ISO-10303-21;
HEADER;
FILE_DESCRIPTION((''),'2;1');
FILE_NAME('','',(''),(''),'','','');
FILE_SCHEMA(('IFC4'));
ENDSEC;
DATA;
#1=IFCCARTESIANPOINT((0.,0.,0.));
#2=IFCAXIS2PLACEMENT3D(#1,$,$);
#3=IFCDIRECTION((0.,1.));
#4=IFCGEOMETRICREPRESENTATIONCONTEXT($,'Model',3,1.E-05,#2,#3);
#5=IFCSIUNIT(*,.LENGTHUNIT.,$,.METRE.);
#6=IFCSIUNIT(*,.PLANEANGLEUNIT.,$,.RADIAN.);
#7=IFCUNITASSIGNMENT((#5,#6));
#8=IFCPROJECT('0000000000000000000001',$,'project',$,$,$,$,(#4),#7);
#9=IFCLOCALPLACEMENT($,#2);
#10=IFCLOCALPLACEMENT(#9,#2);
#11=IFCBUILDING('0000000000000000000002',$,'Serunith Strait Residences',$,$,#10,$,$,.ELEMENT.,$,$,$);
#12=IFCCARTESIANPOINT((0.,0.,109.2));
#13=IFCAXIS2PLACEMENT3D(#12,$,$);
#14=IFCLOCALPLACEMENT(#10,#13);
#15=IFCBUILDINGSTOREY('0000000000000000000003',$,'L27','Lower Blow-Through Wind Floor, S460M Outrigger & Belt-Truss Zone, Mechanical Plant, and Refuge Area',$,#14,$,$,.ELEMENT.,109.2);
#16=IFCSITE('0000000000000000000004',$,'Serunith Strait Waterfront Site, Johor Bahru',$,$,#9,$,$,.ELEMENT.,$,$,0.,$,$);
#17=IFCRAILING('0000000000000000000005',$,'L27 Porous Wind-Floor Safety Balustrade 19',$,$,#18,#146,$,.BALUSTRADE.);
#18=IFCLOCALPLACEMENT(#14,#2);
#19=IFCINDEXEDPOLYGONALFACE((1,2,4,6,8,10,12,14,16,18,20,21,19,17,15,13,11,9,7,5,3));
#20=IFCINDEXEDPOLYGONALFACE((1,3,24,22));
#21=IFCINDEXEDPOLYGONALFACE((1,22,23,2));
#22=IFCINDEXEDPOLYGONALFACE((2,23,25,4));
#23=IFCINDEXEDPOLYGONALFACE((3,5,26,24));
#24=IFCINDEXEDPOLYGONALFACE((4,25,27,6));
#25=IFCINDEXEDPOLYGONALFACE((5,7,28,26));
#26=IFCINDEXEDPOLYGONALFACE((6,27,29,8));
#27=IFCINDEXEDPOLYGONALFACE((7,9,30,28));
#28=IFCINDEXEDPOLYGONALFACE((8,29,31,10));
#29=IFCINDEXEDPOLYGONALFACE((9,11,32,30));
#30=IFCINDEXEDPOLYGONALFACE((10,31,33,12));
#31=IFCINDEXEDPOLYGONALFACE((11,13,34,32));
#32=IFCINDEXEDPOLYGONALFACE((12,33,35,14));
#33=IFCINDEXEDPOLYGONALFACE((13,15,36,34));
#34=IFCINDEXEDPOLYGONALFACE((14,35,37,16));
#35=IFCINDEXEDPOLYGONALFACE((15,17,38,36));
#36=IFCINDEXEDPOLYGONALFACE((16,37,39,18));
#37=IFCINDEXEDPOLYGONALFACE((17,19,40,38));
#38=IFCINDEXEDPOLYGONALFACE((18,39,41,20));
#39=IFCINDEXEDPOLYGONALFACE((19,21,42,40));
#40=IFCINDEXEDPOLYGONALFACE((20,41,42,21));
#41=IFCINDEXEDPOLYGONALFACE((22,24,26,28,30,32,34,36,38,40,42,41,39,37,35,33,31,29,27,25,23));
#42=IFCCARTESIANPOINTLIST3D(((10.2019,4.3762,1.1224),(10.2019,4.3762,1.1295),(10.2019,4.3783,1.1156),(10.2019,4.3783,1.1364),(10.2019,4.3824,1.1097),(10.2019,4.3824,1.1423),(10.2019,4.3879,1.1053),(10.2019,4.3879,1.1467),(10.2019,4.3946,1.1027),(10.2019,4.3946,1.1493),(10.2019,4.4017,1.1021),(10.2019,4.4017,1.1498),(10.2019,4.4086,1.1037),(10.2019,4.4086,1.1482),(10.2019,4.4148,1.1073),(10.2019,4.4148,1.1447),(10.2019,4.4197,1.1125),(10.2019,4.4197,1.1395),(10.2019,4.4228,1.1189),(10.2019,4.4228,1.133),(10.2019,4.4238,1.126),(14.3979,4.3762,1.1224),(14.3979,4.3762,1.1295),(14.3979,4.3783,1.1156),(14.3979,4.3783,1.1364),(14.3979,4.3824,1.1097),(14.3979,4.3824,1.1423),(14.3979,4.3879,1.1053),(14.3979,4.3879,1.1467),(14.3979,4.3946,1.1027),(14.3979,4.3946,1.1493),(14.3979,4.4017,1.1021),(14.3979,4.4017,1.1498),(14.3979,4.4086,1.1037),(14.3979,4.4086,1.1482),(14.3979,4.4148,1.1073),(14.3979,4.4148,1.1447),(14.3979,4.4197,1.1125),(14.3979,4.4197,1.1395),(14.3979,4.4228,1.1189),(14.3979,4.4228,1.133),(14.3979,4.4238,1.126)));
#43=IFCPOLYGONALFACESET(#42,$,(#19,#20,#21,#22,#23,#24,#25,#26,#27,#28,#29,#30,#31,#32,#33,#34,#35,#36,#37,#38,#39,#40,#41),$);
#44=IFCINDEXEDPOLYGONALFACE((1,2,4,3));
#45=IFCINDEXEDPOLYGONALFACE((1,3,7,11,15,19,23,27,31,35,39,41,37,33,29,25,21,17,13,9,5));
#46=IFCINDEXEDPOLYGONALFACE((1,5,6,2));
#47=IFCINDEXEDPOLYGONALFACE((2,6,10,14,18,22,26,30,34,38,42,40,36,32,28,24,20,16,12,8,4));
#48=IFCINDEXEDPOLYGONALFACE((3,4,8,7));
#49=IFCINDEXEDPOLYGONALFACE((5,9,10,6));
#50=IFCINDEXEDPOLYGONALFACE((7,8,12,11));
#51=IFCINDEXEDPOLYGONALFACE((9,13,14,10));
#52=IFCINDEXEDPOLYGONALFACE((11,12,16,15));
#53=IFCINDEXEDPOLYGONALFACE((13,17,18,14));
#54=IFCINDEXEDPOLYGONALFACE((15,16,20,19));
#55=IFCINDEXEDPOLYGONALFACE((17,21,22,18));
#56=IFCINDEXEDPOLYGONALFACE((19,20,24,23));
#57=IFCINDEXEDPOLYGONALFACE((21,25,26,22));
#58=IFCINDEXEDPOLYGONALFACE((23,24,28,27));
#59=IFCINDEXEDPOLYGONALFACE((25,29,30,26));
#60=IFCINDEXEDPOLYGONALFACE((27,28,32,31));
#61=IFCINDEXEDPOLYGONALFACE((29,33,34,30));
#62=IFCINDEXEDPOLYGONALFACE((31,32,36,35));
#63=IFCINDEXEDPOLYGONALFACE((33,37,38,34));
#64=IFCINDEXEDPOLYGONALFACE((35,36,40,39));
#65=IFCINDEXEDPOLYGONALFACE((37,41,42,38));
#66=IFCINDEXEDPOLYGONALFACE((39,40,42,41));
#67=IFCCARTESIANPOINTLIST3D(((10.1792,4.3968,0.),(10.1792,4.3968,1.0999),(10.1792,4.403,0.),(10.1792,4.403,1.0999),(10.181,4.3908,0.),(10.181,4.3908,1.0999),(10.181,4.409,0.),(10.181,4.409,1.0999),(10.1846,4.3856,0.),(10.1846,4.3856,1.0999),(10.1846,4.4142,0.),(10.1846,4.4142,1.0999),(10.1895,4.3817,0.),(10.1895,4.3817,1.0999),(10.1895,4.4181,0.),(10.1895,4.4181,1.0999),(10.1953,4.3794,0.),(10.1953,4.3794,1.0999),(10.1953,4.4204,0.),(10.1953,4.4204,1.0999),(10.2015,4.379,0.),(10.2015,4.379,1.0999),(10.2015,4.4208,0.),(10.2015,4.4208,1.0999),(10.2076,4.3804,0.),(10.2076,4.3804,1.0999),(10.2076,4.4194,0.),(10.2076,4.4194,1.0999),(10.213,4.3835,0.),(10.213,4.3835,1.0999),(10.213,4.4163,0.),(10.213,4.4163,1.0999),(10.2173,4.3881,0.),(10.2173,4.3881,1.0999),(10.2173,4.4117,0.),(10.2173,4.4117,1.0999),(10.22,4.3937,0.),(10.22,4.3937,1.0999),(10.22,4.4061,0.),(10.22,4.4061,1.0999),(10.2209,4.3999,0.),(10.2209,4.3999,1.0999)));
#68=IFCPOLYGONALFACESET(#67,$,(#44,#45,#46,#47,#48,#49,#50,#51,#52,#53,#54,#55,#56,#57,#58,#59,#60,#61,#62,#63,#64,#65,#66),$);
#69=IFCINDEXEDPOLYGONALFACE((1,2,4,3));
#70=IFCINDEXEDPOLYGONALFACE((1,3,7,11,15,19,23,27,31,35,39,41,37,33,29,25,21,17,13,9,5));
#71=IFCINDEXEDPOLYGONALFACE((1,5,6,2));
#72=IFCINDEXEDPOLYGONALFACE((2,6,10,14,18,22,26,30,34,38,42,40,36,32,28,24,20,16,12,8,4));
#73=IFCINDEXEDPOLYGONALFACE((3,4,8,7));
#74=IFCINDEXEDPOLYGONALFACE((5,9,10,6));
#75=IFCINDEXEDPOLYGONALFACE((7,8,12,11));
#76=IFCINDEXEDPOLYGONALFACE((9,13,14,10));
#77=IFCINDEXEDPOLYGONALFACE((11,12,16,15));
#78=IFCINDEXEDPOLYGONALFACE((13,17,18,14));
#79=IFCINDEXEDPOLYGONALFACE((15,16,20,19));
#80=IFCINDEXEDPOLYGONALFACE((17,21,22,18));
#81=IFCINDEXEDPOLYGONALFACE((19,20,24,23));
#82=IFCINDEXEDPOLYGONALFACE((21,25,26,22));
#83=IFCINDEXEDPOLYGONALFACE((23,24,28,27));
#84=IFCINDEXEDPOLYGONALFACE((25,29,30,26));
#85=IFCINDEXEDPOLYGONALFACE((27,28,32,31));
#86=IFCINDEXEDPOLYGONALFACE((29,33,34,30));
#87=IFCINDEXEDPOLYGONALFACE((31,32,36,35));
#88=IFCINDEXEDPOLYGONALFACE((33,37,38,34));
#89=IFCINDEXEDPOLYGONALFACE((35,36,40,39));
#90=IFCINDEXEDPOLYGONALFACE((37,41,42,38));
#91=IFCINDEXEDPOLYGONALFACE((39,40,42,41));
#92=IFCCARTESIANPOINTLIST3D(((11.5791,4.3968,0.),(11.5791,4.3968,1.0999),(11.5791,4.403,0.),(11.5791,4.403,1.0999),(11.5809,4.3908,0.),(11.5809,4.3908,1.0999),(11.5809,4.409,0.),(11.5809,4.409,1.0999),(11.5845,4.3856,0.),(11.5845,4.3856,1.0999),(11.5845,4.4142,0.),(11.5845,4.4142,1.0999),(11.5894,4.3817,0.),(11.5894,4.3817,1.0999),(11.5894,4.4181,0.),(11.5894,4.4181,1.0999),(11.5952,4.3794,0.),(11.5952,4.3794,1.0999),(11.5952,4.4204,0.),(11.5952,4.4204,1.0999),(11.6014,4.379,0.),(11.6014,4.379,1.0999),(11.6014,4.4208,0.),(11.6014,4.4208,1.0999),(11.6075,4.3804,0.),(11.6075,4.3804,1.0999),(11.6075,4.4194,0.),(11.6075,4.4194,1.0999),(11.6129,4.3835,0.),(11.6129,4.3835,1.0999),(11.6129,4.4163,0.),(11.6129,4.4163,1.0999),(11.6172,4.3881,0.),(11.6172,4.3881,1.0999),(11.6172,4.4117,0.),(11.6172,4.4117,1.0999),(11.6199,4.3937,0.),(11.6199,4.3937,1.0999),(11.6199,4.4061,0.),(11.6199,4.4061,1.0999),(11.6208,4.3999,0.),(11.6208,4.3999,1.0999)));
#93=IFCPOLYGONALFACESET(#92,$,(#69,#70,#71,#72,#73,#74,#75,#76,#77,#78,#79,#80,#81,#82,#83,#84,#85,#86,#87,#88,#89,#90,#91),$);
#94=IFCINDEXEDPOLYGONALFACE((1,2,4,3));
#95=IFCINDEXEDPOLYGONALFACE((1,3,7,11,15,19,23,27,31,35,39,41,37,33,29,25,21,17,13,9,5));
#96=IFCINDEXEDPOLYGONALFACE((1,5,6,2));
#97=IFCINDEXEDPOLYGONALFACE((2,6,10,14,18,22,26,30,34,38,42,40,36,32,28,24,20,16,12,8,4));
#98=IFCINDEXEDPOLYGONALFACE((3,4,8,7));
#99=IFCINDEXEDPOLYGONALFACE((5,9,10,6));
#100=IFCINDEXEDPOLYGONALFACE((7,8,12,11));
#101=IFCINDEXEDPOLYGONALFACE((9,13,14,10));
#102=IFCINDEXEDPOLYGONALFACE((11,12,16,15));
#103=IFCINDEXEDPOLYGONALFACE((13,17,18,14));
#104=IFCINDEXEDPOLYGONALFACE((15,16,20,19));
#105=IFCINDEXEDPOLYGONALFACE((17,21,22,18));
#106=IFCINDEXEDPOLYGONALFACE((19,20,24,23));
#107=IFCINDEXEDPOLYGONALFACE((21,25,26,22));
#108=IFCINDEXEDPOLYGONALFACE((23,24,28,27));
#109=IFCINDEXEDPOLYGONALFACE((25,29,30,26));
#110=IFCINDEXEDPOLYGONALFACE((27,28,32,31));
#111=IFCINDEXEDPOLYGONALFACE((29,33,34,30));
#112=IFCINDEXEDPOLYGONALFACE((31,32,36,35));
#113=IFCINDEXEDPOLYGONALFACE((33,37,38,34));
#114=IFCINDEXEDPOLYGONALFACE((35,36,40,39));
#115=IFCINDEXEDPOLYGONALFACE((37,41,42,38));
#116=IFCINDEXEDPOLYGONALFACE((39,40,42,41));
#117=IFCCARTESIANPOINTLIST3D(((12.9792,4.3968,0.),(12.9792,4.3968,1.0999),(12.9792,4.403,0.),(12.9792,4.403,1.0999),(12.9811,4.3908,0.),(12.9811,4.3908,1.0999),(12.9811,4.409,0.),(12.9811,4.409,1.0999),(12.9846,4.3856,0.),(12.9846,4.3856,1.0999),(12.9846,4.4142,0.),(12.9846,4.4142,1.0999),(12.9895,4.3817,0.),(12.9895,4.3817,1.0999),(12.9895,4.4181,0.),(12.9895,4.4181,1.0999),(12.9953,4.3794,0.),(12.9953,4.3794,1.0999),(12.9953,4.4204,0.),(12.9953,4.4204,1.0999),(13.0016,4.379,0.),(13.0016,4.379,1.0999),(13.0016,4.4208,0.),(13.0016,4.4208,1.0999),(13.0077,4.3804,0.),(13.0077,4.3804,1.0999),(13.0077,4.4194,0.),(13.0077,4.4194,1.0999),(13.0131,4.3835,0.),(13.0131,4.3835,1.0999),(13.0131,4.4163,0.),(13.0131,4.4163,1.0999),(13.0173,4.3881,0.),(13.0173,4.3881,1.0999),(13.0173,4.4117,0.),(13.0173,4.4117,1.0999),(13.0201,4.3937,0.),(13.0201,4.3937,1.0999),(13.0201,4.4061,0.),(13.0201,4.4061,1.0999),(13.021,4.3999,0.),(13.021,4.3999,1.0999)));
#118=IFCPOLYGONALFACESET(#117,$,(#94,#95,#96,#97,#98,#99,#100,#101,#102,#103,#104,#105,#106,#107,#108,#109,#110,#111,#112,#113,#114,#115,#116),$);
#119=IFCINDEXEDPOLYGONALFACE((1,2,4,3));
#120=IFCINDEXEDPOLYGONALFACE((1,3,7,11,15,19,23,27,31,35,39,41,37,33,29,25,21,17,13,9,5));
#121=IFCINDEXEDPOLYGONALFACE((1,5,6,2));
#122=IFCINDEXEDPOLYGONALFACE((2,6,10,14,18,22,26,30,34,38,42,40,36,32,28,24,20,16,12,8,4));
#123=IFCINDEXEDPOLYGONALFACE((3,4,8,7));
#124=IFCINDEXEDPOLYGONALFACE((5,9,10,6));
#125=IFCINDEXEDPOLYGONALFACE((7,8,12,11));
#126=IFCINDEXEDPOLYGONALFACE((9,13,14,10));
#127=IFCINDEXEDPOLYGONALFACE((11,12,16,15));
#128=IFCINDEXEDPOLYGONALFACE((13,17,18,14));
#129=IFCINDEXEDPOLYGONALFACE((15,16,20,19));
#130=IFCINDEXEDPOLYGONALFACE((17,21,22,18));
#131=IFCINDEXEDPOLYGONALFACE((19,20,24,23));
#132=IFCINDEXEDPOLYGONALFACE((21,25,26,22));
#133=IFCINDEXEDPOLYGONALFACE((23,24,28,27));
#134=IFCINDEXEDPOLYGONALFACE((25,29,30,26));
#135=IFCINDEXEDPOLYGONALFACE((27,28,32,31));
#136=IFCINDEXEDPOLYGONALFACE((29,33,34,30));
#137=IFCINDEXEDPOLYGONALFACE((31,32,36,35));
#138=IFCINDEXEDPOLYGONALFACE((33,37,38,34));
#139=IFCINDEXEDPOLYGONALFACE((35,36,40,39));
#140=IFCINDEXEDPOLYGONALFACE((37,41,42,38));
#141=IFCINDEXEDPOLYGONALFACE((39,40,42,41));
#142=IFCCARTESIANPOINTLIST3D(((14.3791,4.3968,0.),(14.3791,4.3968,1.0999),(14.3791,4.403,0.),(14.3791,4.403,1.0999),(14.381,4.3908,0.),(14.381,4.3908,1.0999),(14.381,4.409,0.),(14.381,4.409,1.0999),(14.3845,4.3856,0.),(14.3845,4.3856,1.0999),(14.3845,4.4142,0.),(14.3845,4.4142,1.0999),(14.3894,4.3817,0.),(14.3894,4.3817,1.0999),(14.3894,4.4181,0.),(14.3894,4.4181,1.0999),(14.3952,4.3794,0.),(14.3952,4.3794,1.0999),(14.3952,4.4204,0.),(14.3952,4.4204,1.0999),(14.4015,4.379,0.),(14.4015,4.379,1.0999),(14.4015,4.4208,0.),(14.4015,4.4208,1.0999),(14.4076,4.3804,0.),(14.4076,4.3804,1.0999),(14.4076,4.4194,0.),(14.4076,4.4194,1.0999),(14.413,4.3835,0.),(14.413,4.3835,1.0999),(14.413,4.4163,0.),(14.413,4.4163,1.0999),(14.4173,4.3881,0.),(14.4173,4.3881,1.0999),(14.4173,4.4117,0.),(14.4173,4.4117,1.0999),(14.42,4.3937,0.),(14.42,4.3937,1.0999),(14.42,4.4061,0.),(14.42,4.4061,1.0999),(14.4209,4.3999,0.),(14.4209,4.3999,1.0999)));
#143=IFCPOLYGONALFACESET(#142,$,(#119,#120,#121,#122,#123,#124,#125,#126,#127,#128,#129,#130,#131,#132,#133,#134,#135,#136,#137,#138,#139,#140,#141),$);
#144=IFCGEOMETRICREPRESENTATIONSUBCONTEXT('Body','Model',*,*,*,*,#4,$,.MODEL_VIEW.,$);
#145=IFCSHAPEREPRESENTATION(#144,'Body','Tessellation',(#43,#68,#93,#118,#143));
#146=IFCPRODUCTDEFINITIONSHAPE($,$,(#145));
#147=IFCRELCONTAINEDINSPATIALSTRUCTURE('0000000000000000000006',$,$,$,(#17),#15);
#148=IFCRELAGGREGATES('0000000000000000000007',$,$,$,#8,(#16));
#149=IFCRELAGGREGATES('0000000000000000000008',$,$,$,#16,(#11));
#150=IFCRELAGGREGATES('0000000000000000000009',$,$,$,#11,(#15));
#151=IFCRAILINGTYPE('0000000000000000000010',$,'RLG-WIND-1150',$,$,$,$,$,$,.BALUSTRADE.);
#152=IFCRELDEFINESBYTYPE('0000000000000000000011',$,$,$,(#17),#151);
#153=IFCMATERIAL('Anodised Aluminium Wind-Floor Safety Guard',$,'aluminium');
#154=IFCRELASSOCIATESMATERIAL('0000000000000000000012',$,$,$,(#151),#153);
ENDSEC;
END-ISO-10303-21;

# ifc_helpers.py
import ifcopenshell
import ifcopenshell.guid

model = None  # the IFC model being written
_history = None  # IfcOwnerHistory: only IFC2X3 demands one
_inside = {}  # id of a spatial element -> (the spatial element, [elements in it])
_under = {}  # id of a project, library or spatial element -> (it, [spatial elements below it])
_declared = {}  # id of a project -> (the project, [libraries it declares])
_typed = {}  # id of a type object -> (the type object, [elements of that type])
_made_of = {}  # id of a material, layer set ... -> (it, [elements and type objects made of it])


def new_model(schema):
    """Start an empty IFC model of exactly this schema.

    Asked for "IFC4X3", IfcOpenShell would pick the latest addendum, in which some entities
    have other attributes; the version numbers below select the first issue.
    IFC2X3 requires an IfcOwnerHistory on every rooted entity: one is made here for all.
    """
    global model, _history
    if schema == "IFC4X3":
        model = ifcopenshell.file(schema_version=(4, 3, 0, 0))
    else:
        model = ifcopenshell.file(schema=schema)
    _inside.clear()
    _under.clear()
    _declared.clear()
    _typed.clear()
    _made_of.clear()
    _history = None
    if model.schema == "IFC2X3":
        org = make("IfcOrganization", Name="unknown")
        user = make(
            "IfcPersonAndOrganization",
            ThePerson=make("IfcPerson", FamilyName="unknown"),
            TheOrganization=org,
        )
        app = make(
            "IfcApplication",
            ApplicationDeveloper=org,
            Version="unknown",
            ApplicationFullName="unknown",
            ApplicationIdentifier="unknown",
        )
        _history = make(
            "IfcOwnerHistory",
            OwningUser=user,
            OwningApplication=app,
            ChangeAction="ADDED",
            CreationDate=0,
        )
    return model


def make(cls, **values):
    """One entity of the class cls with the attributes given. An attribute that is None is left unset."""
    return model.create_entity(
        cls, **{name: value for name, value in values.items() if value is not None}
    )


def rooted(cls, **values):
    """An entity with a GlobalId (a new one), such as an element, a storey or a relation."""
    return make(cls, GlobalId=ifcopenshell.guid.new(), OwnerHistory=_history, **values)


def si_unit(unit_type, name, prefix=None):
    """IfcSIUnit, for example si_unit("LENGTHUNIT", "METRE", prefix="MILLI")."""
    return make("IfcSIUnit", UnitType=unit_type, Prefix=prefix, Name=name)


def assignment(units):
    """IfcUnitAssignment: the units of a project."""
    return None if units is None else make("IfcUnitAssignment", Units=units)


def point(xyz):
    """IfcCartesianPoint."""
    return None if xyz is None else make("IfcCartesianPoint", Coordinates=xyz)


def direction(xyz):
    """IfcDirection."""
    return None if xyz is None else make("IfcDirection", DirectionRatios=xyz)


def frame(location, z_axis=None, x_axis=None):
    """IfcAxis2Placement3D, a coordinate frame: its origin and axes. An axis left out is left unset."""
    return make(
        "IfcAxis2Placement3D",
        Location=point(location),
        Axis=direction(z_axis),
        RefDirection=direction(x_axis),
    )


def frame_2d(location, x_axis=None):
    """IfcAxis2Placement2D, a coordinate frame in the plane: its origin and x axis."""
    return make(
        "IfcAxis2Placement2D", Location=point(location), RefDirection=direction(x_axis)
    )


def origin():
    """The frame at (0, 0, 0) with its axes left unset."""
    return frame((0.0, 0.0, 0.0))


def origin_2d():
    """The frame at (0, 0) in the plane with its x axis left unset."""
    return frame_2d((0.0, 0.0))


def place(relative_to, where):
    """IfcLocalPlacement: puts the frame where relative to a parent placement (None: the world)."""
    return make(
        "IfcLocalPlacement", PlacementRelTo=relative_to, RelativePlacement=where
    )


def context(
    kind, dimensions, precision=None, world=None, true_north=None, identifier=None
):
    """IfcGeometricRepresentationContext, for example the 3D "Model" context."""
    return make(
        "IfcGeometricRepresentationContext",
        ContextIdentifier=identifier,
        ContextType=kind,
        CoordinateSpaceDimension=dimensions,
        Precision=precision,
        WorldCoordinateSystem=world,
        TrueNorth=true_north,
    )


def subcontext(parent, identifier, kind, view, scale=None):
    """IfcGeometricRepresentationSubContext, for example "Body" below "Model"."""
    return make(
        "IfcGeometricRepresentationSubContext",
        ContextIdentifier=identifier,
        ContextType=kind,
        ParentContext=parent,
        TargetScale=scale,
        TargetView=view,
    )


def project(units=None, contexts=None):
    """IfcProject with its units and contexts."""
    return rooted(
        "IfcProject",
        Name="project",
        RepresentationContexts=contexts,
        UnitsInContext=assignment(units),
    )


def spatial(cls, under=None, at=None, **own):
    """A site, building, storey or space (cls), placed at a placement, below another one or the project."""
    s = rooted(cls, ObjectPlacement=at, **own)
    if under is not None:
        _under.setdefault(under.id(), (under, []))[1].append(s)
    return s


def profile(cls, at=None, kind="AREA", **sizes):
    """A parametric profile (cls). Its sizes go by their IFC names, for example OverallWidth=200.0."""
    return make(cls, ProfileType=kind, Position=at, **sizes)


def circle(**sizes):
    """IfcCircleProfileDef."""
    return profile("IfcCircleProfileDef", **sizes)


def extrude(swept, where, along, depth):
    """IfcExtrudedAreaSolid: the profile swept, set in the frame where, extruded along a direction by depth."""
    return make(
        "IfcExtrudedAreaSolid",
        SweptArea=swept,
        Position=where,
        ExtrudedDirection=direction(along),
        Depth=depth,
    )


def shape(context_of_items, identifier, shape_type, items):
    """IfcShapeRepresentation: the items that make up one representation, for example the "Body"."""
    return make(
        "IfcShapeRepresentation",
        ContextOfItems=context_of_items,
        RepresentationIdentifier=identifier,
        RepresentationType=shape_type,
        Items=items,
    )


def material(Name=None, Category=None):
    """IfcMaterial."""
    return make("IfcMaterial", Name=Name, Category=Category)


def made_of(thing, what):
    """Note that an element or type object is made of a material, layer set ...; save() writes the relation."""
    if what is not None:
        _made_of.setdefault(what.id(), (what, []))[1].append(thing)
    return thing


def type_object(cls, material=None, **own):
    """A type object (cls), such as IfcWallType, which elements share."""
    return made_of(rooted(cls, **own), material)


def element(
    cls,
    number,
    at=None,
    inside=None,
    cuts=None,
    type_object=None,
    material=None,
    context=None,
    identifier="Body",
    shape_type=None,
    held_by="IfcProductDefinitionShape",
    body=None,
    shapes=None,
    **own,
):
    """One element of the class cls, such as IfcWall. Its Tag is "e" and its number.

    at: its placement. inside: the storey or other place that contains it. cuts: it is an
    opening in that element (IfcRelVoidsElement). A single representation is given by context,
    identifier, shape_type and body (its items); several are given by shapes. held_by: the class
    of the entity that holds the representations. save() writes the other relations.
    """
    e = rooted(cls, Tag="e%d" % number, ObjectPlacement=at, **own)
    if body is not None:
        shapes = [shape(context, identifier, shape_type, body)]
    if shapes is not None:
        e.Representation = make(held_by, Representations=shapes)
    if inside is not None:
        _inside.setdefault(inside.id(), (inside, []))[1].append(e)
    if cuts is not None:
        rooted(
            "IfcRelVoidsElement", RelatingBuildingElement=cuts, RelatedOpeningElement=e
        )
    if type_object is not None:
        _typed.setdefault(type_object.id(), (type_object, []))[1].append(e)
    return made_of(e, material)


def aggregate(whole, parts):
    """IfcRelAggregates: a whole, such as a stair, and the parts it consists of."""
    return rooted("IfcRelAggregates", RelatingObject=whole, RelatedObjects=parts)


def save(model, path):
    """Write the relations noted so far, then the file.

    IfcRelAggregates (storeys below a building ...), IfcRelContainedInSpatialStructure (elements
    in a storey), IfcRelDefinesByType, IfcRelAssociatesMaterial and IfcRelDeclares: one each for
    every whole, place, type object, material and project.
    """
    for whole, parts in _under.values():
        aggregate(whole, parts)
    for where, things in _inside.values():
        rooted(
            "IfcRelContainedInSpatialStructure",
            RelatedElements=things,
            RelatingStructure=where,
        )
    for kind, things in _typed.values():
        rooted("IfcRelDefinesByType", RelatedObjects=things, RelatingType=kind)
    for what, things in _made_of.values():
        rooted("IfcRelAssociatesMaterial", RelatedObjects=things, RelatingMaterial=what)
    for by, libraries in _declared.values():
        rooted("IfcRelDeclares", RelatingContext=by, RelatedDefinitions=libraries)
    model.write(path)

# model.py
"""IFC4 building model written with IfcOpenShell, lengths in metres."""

from ifc_helpers import new_model, si_unit, direction, frame, origin, origin_2d, place, context, subcontext, project, spatial, circle, extrude, material, type_object, element, save


model = new_model("IFC4")

# Units and contexts
model_context = context("Model", 3, precision=1e-05, world=origin(), true_north=direction((0.0, 1.0)))
body_context = subcontext(model_context, "Body", "Model", "MODEL_VIEW")
ifc_project = project(units=[si_unit("LENGTHUNIT", "METRE"), si_unit("PLANEANGLEUNIT", "RADIAN")], contexts=[model_context])

# Site, building, storey
site_placement = place(None, origin())
site = spatial("IfcSite", under=ifc_project, at=site_placement, Name="Serunith Strait Waterfront Site, Johor Bahru", CompositionType="ELEMENT", RefElevation=0.0)
building_placement = place(site_placement, origin())
building = spatial("IfcBuilding", under=site, at=building_placement, Name="Serunith Strait Residences", CompositionType="ELEMENT")
storey_placement = place(building_placement, frame((0.0, 0.0, 109.2)))
storey = spatial("IfcBuildingStorey", under=building, at=storey_placement, Name="L27", Description="Lower Blow-Through Wind Floor, S460M Outrigger & Belt-Truss Zone, Mechanical Plant, and Refuge Area", CompositionType="ELEMENT", Elevation=109.2)

# Railing
ifc_material_1 = material(Name="Anodised Aluminium Wind-Floor Safety Guard", Category="aluminium")
railing_type = type_object("IfcRailingType", Name="RLG-WIND-1150", PredefinedType="BALUSTRADE", material=ifc_material_1)
railing_1_placement = place(storey_placement, frame((10.2, 4.3999, 0.0)))
element("IfcRailing", 1, at=railing_1_placement, inside=storey, type_object=railing_type, Name="L27 Porous Wind-Floor Safety Balustrade 19", PredefinedType="BALUSTRADE", context=body_context, shape_type="SweptSolid", body=[
    extrude(circle(Radius=0.0239, at=origin_2d()), frame((0.002, 0.0, 1.126), z_axis=(1.0, 0.0, 0.0), x_axis=(0.0, 1.0, 0.0)), (0.0, 0.0, 1.0), 4.196),
    extrude(circle(Radius=0.021, at=origin_2d()), origin(), (0.0, 0.0, 1.0), 1.0999),
    extrude(circle(Radius=0.021, at=origin_2d()), frame((1.3999, 0.0, 0.0)), (0.0, 0.0, 1.0), 1.0999),
    extrude(circle(Radius=0.021, at=origin_2d()), frame((2.8, 0.0, 0.0)), (0.0, 0.0, 1.0), 1.0999),
    extrude(circle(Radius=0.021, at=origin_2d()), frame((4.2, 0.0, 0.0)), (0.0, 0.0, 1.0), 1.0999),
])

save(model, "model.ifc")
